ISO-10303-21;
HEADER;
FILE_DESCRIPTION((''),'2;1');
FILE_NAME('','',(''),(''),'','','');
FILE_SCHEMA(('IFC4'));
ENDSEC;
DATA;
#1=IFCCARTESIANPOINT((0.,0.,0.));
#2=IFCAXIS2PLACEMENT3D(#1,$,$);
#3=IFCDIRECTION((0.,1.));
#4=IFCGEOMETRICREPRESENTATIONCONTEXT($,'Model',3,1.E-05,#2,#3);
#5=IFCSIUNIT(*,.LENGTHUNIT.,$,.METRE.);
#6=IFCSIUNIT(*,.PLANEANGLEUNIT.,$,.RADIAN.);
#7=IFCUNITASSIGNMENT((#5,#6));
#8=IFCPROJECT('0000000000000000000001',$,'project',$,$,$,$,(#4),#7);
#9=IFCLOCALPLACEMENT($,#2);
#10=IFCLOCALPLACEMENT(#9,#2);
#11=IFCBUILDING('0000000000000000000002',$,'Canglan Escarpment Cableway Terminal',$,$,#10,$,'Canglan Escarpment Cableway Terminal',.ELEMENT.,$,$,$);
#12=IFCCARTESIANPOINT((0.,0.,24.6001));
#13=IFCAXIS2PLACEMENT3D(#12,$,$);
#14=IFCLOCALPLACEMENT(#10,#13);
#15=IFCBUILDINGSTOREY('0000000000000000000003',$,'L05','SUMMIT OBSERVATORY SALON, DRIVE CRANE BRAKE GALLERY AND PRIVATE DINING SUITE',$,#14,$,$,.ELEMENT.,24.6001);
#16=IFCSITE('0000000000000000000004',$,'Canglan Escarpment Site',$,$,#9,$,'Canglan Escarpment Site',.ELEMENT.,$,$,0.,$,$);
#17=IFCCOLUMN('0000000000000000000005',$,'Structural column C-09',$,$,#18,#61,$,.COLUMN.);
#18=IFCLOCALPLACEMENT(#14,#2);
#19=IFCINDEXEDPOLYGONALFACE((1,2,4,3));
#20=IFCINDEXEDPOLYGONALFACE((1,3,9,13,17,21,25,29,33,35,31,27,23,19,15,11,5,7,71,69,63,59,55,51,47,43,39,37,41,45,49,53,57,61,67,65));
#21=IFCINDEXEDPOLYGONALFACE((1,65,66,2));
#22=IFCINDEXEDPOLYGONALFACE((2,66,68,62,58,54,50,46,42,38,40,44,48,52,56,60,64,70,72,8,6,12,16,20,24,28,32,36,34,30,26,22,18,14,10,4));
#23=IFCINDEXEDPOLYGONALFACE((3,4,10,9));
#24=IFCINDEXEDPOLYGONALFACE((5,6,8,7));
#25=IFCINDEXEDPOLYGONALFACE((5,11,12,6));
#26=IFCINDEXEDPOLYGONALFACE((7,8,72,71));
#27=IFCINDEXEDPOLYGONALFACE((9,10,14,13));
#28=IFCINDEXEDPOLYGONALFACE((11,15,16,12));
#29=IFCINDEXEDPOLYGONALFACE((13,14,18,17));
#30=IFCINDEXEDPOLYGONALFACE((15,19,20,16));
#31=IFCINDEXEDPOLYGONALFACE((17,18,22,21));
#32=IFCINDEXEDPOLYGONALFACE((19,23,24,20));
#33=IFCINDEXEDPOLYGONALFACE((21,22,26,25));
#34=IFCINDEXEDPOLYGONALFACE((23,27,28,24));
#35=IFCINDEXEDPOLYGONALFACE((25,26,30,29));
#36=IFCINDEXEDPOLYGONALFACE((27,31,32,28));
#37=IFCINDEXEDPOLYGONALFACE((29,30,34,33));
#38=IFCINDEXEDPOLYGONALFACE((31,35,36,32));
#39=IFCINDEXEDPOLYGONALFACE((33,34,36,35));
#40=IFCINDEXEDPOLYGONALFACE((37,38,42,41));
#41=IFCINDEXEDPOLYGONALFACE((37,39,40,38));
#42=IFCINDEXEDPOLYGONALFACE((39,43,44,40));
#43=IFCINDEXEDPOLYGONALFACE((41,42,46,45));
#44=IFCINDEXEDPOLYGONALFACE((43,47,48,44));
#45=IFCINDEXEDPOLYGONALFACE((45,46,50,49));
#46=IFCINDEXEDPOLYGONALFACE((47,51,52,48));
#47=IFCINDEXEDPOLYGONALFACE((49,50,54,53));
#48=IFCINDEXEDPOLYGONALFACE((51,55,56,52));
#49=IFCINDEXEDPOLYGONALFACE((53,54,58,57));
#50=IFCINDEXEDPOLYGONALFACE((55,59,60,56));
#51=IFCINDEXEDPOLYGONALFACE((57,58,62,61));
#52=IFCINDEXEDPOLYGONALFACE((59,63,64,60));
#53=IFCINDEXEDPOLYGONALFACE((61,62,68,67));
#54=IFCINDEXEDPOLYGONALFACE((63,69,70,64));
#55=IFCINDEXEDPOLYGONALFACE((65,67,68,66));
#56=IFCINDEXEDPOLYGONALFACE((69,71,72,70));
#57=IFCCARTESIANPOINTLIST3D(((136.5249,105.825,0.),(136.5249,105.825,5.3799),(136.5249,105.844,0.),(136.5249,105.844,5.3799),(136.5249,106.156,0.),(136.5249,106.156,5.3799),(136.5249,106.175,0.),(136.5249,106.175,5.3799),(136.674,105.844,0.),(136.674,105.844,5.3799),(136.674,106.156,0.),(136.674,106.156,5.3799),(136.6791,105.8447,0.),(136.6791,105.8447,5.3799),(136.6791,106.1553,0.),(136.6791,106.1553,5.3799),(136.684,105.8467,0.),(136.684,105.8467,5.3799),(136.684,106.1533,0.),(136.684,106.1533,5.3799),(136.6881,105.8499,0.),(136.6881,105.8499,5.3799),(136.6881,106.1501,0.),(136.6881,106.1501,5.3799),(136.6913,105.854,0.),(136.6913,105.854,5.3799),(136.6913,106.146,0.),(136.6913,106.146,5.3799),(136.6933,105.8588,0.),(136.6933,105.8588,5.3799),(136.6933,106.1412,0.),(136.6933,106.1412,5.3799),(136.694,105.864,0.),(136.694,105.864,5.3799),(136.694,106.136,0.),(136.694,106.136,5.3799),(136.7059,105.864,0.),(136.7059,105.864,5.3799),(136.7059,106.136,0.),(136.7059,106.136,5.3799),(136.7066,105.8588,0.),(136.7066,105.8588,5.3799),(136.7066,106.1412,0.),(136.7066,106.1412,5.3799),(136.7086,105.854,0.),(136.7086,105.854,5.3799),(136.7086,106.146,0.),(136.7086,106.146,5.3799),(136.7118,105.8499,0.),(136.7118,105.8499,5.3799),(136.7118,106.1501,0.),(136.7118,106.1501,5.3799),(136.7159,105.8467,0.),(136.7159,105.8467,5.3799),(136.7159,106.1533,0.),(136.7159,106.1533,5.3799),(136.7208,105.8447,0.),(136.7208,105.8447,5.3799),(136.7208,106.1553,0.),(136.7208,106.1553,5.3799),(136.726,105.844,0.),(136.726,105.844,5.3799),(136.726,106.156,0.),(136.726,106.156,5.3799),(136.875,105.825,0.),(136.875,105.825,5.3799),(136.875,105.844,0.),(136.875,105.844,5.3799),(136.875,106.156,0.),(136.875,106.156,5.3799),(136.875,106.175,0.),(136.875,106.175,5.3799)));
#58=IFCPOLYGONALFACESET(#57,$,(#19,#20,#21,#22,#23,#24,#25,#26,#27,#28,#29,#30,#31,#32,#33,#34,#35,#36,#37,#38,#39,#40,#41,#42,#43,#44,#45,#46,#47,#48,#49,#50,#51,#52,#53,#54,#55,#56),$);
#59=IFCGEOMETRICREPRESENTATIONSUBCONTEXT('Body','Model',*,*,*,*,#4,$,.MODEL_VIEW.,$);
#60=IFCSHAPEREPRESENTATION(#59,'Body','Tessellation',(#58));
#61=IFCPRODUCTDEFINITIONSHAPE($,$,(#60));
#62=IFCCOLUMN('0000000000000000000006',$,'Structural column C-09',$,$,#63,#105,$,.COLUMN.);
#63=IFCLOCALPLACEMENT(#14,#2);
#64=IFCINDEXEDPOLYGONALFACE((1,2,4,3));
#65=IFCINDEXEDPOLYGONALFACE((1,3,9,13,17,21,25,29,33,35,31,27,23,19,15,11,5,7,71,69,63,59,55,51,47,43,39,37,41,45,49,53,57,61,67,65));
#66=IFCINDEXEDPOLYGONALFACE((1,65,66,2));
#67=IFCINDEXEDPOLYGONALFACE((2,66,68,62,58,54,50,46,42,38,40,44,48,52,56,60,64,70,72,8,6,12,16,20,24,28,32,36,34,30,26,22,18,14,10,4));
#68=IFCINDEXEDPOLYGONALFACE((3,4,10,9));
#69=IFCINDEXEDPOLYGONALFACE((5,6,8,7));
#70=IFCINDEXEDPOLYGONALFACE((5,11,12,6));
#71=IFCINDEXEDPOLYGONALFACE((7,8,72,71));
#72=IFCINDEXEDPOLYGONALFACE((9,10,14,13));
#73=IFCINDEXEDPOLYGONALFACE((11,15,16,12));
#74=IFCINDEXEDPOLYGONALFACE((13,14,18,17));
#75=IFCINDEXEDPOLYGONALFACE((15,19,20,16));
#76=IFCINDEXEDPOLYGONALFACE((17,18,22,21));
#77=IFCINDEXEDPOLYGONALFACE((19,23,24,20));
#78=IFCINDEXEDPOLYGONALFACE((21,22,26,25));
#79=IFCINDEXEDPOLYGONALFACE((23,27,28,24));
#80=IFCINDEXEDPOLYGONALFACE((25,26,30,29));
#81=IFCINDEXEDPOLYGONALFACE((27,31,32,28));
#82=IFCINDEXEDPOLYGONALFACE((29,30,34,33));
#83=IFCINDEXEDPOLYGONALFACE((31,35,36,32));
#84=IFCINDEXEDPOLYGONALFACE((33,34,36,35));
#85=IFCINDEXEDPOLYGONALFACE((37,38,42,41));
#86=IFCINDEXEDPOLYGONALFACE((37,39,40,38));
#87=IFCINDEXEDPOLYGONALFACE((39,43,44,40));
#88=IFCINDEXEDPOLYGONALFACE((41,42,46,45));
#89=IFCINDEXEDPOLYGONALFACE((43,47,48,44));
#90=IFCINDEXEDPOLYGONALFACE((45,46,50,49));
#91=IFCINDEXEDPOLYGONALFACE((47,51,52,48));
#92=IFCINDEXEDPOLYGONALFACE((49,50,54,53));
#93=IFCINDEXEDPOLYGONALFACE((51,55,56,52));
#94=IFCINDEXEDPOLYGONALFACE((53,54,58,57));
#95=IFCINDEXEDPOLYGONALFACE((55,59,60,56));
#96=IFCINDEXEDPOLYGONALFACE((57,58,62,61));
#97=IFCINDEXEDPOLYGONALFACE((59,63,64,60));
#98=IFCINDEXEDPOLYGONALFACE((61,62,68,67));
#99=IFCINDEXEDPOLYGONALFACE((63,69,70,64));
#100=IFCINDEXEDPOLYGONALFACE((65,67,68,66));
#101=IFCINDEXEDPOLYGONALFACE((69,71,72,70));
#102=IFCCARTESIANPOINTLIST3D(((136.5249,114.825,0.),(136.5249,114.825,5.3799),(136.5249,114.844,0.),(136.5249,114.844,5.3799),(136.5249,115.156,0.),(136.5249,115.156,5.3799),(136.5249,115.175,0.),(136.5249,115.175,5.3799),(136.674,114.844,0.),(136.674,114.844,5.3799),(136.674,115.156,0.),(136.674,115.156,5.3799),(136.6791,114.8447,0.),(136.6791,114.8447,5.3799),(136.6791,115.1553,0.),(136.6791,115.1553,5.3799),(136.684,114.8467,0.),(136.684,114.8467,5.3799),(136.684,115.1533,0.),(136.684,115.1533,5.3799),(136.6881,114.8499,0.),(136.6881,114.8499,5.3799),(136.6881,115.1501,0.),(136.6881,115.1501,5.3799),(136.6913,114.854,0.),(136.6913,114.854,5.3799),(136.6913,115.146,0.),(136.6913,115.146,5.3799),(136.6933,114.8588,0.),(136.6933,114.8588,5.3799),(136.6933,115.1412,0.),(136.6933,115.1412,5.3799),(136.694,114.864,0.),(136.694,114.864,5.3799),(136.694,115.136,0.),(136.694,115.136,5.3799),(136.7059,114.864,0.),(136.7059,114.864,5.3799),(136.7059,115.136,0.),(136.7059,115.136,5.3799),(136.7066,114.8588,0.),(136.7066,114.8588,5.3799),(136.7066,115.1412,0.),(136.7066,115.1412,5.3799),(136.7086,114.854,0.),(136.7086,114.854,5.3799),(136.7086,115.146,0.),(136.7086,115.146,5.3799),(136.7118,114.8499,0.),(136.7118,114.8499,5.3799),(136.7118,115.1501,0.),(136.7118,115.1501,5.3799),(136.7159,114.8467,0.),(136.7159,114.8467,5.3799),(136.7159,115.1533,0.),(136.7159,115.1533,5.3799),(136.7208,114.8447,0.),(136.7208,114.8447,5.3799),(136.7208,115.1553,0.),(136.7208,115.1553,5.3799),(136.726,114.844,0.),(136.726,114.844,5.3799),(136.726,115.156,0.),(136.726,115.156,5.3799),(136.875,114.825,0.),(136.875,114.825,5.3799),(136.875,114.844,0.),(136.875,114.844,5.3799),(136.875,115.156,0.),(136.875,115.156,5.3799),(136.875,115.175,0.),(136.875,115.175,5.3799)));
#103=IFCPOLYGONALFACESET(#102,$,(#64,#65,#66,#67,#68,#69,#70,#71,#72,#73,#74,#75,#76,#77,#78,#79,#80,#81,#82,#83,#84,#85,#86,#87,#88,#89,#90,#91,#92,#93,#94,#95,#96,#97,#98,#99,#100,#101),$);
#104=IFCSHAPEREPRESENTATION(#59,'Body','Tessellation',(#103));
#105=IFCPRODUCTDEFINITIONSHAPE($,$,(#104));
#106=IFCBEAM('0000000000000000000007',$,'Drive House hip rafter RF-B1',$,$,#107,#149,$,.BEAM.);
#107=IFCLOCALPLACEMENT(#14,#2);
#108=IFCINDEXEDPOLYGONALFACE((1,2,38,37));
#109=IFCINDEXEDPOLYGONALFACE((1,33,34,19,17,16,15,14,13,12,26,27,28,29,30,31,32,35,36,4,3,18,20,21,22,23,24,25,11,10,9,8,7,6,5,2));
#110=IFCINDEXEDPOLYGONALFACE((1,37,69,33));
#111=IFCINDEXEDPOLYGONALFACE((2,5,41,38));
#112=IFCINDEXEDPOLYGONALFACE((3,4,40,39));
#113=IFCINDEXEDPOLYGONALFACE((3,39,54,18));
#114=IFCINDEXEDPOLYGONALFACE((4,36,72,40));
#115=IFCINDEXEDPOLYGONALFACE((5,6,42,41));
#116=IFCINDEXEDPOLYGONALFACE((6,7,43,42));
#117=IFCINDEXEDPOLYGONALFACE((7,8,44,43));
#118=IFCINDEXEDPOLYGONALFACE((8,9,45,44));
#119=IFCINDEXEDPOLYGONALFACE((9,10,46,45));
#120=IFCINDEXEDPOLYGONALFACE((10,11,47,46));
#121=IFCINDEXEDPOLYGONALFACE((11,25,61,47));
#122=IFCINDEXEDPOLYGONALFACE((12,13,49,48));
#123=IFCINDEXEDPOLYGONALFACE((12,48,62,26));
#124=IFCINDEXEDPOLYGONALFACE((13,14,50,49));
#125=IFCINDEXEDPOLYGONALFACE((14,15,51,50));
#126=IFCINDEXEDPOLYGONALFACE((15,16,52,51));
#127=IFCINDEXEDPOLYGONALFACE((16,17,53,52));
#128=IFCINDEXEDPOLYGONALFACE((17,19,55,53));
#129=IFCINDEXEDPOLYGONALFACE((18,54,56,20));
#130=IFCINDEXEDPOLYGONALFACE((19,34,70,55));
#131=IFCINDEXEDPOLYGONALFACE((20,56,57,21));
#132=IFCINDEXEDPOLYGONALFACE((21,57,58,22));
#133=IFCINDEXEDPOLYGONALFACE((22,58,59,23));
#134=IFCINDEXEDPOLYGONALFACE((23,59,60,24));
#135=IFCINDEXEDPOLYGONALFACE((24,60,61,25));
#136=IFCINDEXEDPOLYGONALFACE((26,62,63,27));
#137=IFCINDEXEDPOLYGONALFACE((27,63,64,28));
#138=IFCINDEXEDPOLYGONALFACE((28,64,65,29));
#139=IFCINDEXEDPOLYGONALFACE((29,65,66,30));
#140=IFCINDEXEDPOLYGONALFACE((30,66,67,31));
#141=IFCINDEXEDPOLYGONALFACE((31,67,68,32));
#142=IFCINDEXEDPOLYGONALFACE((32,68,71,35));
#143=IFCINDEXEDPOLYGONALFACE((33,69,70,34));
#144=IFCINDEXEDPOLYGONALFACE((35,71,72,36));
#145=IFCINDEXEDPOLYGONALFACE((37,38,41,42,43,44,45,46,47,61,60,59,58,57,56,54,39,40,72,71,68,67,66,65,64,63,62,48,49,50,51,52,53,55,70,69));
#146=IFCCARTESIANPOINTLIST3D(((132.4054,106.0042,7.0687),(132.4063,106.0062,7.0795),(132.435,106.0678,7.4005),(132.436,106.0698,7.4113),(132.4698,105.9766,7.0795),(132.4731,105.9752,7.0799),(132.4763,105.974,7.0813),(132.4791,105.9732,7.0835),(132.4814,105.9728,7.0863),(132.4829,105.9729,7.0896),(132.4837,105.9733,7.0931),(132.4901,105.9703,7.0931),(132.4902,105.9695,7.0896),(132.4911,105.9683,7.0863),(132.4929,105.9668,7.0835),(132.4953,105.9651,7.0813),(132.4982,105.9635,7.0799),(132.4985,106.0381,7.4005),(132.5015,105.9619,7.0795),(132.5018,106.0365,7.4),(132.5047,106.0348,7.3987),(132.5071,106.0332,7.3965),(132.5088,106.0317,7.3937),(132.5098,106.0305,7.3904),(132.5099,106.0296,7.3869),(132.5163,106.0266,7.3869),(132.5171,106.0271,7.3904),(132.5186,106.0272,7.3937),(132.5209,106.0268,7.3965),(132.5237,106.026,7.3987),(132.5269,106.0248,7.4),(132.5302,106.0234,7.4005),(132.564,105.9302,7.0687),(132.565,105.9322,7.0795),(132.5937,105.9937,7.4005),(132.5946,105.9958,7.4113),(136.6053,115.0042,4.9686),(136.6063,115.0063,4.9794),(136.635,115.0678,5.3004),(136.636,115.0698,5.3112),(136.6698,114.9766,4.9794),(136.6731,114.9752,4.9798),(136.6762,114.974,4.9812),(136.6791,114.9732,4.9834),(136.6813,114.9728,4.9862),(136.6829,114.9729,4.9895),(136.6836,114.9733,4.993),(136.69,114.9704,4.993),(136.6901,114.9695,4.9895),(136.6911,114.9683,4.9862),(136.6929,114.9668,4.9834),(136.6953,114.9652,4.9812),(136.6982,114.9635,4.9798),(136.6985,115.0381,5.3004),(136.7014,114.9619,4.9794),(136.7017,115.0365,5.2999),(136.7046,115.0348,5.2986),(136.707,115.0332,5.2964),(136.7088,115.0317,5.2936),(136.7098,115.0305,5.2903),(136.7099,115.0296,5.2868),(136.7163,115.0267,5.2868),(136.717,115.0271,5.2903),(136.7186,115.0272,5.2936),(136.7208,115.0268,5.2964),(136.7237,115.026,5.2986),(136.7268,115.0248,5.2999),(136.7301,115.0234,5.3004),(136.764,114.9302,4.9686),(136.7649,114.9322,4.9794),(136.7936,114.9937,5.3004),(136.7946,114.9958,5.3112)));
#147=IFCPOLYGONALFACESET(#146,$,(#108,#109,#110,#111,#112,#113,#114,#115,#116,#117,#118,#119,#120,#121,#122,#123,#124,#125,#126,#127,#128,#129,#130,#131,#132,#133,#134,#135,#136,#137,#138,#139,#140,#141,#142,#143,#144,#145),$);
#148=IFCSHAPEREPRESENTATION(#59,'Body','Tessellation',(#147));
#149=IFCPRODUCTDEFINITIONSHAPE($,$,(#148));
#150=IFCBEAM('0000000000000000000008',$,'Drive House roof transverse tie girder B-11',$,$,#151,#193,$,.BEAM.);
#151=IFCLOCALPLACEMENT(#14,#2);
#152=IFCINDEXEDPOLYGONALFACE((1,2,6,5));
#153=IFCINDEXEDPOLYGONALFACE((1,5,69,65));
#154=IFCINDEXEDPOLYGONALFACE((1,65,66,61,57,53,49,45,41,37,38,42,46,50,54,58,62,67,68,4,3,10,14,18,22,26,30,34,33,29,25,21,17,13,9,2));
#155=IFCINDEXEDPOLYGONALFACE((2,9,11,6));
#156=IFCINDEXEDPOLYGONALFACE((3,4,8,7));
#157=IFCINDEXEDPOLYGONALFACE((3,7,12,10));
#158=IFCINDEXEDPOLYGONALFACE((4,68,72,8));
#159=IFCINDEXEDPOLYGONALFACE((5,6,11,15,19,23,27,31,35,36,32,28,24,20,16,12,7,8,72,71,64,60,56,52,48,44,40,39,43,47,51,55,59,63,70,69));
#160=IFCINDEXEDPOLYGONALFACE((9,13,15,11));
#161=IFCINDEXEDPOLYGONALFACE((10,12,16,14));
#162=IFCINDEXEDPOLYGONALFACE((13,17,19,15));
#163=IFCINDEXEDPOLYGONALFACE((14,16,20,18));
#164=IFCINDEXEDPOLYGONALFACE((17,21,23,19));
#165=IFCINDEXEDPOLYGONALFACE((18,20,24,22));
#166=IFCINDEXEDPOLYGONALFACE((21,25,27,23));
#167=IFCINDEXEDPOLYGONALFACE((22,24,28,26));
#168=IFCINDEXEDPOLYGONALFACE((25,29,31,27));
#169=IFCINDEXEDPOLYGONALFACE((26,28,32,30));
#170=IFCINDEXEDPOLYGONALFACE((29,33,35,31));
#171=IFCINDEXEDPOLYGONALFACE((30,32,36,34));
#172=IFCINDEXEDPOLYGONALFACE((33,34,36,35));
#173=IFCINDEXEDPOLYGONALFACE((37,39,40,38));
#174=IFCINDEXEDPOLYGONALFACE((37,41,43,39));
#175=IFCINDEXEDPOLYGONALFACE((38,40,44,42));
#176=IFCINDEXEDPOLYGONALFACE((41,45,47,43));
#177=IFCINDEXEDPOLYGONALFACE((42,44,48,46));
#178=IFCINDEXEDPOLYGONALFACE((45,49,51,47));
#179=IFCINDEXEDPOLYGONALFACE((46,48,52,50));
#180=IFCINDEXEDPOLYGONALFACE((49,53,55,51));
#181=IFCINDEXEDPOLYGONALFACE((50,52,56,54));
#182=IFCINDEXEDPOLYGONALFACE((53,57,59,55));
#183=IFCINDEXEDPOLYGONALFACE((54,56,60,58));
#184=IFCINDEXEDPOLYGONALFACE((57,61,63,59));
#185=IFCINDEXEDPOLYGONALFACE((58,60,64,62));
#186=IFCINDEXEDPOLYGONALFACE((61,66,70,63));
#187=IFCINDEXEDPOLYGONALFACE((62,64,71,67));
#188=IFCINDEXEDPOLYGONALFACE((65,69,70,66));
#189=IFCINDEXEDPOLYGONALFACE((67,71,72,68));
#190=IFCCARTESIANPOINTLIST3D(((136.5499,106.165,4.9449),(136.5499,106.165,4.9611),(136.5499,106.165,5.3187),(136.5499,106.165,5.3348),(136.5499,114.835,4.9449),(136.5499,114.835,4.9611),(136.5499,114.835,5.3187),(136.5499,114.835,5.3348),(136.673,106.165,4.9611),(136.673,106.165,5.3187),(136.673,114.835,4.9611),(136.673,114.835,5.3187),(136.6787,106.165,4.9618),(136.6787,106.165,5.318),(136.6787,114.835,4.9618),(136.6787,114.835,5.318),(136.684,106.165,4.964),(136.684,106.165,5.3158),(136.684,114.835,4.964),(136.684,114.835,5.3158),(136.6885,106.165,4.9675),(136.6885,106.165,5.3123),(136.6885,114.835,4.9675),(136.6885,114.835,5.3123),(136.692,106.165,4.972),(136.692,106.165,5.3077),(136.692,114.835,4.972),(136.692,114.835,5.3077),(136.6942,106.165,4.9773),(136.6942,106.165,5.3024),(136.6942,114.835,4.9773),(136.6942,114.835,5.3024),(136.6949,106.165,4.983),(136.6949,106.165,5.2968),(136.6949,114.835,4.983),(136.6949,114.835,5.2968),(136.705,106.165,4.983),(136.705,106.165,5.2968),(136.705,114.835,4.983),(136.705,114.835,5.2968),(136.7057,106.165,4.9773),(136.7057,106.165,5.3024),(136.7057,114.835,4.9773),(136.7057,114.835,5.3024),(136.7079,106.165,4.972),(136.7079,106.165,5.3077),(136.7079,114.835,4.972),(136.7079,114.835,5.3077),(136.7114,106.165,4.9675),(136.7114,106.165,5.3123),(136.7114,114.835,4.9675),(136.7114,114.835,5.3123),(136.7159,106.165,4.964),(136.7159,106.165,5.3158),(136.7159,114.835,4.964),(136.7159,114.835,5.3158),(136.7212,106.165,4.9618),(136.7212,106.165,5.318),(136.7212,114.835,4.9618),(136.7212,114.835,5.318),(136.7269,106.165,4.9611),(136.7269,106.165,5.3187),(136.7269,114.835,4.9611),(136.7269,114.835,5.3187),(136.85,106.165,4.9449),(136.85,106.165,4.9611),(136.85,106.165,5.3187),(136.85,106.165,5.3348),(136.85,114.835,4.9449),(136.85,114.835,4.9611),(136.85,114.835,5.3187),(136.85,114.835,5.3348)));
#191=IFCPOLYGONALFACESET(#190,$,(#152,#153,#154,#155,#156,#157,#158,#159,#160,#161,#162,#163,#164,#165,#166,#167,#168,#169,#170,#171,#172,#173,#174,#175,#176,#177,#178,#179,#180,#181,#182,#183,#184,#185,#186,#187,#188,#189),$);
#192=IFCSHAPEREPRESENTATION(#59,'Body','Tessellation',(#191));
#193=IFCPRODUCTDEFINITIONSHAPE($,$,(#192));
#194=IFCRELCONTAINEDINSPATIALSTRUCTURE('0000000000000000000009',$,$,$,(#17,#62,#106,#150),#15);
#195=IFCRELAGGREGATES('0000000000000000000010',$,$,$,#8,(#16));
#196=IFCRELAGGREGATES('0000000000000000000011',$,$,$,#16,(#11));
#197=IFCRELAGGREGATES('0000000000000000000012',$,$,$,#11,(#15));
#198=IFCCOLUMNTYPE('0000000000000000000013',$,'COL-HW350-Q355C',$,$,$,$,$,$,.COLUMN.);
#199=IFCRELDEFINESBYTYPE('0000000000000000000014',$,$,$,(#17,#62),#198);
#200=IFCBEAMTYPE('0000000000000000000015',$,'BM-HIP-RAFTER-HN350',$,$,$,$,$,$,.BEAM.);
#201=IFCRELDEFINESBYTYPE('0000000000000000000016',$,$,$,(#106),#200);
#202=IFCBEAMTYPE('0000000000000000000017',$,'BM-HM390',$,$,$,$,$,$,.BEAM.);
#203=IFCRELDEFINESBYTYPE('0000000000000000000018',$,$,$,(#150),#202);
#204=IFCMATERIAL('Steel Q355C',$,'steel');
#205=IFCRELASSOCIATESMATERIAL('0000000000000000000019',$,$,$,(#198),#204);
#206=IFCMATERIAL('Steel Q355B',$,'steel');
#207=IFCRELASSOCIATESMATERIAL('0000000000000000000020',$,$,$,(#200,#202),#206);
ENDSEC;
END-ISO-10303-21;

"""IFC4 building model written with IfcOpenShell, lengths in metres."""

from ifc_helpers import new_model, si_unit, direction, frame, origin, origin_2d, place, context, subcontext, project, spatial, i_section, extrude, material, material_profile, profile_set, type_object, element, save


model = new_model("IFC4")

# Units and contexts
model_context = context("Model", 3, precision=1e-05, world=origin(), true_north=direction((0.0, 1.0)))
body_context = subcontext(model_context, "Body", "Model", "MODEL_VIEW")
ifc_project = project(units=[si_unit("LENGTHUNIT", "METRE"), si_unit("PLANEANGLEUNIT", "RADIAN")], contexts=[model_context])

# Site, building, storey
site_placement = place(None, origin())
site = spatial("IfcSite", under=ifc_project, at=site_placement, Name="Canglan Escarpment Site", LongName="Canglan Escarpment Site", CompositionType="ELEMENT", RefElevation=0.0)
building_placement = place(site_placement, origin())
building = spatial("IfcBuilding", under=site, at=building_placement, Name="Canglan Escarpment Cableway Terminal", LongName="Canglan Escarpment Cableway Terminal", CompositionType="ELEMENT")
storey_placement = place(building_placement, frame((0.0, 0.0, 24.6001)))
storey = spatial("IfcBuildingStorey", under=building, at=storey_placement, Name="L05", Description="SUMMIT OBSERVATORY SALON, DRIVE CRANE BRAKE GALLERY AND PRIVATE DINING SUITE", CompositionType="ELEMENT", Elevation=24.6001)

# Columns
ifc_material_1 = material(Name="Steel Q355C", Category="steel")
ifc_material_profile_1 = material_profile(ifc_material_1, i_section(OverallWidth=0.3501, OverallDepth=0.3501, WebThickness=0.012, FlangeThickness=0.019, FilletRadius=0.02, at=origin_2d()), Name="HW 350x350x12x19")
ifc_profile_set_1 = profile_set([ifc_material_profile_1], Name="Steel Q355C")
column_type = type_object("IfcColumnType", Name="COL-HW350-Q355C", PredefinedType="COLUMN", material=ifc_profile_set_1)
for number, where, z_axis, x_axis, name in (
    (1, (136.7, 106.0, 0.0), (0.0, 0.0, 1.0), (1.0, 0.0, 0.0), "Structural column C-09"),
    (2, (136.7, 115.0, 0.0), (0.0, 0.0, 1.0), (1.0, 0.0, 0.0), "Structural column C-09"),
):
    element("IfcColumn", number, at=place(storey_placement, frame(where, z_axis=z_axis, x_axis=x_axis)), inside=storey, type_object=column_type, Name=name, PredefinedType="COLUMN", context=body_context, shape_type="SweptSolid", body=[
        extrude(i_section(OverallWidth=0.3501, OverallDepth=0.3501, WebThickness=0.012, FlangeThickness=0.019, FilletRadius=0.02, at=origin_2d()), origin(), (0.0, 0.0, 1.0), 5.3799),
    ])

# Beams
ifc_material_2 = material(Name="Steel Q355B", Category="steel")
ifc_material_profile_2 = material_profile(ifc_material_2, i_section(OverallWidth=0.175, OverallDepth=0.3501, WebThickness=0.0071, FlangeThickness=0.011, FilletRadius=0.0139, at=origin_2d()), Name="HN 350x175x7x11")
ifc_profile_set_2 = profile_set([ifc_material_profile_2], Name="Steel Q355B")
beam_type_1 = type_object("IfcBeamType", Name="BM-HIP-RAFTER-HN350", PredefinedType="BEAM", material=ifc_profile_set_2)
beam_1_placement = place(storey_placement, frame((136.7, 115.0, 5.1399), z_axis=(-0.413733, -0.886581, 0.206879), x_axis=(0.906185, -0.422881, 0.0)))
element("IfcBeam", 3, at=beam_1_placement, inside=storey, type_object=beam_type_1, Name="Drive House hip rafter RF-B1", PredefinedType="BEAM", context=body_context, shape_type="SweptSolid", body=[
    extrude(i_section(OverallWidth=0.175, OverallDepth=0.3501, WebThickness=0.0071, FlangeThickness=0.011, FilletRadius=0.0139, at=origin_2d()), origin(), (0.0, 0.0, 1.0), 10.1514),
])
ifc_material_profile_3 = material_profile(ifc_material_2, i_section(OverallWidth=0.3, OverallDepth=0.3899, WebThickness=0.01, FlangeThickness=0.0161, FilletRadius=0.022, at=origin_2d()), Name="HM 390x300x10x16")
ifc_profile_set_3 = profile_set([ifc_material_profile_3], Name="Steel Q355B")
beam_type_2 = type_object("IfcBeamType", Name="BM-HM390", PredefinedType="BEAM", material=ifc_profile_set_3)
beam_2_placement = place(storey_placement, frame((136.7, 106.165, 5.1399), z_axis=(0.0, 1.0, 0.0), x_axis=(-1.0, 0.0, 0.0)))
element("IfcBeam", 4, at=beam_2_placement, inside=storey, type_object=beam_type_2, Name="Drive House roof transverse tie girder B-11", PredefinedType="BEAM", context=body_context, shape_type="SweptSolid", body=[
    extrude(i_section(OverallWidth=0.3, OverallDepth=0.3899, WebThickness=0.01, FlangeThickness=0.0161, FilletRadius=0.022, at=origin_2d()), origin(), (0.0, 0.0, 1.0), 8.6699),
])

save(model, "model.ifc")
